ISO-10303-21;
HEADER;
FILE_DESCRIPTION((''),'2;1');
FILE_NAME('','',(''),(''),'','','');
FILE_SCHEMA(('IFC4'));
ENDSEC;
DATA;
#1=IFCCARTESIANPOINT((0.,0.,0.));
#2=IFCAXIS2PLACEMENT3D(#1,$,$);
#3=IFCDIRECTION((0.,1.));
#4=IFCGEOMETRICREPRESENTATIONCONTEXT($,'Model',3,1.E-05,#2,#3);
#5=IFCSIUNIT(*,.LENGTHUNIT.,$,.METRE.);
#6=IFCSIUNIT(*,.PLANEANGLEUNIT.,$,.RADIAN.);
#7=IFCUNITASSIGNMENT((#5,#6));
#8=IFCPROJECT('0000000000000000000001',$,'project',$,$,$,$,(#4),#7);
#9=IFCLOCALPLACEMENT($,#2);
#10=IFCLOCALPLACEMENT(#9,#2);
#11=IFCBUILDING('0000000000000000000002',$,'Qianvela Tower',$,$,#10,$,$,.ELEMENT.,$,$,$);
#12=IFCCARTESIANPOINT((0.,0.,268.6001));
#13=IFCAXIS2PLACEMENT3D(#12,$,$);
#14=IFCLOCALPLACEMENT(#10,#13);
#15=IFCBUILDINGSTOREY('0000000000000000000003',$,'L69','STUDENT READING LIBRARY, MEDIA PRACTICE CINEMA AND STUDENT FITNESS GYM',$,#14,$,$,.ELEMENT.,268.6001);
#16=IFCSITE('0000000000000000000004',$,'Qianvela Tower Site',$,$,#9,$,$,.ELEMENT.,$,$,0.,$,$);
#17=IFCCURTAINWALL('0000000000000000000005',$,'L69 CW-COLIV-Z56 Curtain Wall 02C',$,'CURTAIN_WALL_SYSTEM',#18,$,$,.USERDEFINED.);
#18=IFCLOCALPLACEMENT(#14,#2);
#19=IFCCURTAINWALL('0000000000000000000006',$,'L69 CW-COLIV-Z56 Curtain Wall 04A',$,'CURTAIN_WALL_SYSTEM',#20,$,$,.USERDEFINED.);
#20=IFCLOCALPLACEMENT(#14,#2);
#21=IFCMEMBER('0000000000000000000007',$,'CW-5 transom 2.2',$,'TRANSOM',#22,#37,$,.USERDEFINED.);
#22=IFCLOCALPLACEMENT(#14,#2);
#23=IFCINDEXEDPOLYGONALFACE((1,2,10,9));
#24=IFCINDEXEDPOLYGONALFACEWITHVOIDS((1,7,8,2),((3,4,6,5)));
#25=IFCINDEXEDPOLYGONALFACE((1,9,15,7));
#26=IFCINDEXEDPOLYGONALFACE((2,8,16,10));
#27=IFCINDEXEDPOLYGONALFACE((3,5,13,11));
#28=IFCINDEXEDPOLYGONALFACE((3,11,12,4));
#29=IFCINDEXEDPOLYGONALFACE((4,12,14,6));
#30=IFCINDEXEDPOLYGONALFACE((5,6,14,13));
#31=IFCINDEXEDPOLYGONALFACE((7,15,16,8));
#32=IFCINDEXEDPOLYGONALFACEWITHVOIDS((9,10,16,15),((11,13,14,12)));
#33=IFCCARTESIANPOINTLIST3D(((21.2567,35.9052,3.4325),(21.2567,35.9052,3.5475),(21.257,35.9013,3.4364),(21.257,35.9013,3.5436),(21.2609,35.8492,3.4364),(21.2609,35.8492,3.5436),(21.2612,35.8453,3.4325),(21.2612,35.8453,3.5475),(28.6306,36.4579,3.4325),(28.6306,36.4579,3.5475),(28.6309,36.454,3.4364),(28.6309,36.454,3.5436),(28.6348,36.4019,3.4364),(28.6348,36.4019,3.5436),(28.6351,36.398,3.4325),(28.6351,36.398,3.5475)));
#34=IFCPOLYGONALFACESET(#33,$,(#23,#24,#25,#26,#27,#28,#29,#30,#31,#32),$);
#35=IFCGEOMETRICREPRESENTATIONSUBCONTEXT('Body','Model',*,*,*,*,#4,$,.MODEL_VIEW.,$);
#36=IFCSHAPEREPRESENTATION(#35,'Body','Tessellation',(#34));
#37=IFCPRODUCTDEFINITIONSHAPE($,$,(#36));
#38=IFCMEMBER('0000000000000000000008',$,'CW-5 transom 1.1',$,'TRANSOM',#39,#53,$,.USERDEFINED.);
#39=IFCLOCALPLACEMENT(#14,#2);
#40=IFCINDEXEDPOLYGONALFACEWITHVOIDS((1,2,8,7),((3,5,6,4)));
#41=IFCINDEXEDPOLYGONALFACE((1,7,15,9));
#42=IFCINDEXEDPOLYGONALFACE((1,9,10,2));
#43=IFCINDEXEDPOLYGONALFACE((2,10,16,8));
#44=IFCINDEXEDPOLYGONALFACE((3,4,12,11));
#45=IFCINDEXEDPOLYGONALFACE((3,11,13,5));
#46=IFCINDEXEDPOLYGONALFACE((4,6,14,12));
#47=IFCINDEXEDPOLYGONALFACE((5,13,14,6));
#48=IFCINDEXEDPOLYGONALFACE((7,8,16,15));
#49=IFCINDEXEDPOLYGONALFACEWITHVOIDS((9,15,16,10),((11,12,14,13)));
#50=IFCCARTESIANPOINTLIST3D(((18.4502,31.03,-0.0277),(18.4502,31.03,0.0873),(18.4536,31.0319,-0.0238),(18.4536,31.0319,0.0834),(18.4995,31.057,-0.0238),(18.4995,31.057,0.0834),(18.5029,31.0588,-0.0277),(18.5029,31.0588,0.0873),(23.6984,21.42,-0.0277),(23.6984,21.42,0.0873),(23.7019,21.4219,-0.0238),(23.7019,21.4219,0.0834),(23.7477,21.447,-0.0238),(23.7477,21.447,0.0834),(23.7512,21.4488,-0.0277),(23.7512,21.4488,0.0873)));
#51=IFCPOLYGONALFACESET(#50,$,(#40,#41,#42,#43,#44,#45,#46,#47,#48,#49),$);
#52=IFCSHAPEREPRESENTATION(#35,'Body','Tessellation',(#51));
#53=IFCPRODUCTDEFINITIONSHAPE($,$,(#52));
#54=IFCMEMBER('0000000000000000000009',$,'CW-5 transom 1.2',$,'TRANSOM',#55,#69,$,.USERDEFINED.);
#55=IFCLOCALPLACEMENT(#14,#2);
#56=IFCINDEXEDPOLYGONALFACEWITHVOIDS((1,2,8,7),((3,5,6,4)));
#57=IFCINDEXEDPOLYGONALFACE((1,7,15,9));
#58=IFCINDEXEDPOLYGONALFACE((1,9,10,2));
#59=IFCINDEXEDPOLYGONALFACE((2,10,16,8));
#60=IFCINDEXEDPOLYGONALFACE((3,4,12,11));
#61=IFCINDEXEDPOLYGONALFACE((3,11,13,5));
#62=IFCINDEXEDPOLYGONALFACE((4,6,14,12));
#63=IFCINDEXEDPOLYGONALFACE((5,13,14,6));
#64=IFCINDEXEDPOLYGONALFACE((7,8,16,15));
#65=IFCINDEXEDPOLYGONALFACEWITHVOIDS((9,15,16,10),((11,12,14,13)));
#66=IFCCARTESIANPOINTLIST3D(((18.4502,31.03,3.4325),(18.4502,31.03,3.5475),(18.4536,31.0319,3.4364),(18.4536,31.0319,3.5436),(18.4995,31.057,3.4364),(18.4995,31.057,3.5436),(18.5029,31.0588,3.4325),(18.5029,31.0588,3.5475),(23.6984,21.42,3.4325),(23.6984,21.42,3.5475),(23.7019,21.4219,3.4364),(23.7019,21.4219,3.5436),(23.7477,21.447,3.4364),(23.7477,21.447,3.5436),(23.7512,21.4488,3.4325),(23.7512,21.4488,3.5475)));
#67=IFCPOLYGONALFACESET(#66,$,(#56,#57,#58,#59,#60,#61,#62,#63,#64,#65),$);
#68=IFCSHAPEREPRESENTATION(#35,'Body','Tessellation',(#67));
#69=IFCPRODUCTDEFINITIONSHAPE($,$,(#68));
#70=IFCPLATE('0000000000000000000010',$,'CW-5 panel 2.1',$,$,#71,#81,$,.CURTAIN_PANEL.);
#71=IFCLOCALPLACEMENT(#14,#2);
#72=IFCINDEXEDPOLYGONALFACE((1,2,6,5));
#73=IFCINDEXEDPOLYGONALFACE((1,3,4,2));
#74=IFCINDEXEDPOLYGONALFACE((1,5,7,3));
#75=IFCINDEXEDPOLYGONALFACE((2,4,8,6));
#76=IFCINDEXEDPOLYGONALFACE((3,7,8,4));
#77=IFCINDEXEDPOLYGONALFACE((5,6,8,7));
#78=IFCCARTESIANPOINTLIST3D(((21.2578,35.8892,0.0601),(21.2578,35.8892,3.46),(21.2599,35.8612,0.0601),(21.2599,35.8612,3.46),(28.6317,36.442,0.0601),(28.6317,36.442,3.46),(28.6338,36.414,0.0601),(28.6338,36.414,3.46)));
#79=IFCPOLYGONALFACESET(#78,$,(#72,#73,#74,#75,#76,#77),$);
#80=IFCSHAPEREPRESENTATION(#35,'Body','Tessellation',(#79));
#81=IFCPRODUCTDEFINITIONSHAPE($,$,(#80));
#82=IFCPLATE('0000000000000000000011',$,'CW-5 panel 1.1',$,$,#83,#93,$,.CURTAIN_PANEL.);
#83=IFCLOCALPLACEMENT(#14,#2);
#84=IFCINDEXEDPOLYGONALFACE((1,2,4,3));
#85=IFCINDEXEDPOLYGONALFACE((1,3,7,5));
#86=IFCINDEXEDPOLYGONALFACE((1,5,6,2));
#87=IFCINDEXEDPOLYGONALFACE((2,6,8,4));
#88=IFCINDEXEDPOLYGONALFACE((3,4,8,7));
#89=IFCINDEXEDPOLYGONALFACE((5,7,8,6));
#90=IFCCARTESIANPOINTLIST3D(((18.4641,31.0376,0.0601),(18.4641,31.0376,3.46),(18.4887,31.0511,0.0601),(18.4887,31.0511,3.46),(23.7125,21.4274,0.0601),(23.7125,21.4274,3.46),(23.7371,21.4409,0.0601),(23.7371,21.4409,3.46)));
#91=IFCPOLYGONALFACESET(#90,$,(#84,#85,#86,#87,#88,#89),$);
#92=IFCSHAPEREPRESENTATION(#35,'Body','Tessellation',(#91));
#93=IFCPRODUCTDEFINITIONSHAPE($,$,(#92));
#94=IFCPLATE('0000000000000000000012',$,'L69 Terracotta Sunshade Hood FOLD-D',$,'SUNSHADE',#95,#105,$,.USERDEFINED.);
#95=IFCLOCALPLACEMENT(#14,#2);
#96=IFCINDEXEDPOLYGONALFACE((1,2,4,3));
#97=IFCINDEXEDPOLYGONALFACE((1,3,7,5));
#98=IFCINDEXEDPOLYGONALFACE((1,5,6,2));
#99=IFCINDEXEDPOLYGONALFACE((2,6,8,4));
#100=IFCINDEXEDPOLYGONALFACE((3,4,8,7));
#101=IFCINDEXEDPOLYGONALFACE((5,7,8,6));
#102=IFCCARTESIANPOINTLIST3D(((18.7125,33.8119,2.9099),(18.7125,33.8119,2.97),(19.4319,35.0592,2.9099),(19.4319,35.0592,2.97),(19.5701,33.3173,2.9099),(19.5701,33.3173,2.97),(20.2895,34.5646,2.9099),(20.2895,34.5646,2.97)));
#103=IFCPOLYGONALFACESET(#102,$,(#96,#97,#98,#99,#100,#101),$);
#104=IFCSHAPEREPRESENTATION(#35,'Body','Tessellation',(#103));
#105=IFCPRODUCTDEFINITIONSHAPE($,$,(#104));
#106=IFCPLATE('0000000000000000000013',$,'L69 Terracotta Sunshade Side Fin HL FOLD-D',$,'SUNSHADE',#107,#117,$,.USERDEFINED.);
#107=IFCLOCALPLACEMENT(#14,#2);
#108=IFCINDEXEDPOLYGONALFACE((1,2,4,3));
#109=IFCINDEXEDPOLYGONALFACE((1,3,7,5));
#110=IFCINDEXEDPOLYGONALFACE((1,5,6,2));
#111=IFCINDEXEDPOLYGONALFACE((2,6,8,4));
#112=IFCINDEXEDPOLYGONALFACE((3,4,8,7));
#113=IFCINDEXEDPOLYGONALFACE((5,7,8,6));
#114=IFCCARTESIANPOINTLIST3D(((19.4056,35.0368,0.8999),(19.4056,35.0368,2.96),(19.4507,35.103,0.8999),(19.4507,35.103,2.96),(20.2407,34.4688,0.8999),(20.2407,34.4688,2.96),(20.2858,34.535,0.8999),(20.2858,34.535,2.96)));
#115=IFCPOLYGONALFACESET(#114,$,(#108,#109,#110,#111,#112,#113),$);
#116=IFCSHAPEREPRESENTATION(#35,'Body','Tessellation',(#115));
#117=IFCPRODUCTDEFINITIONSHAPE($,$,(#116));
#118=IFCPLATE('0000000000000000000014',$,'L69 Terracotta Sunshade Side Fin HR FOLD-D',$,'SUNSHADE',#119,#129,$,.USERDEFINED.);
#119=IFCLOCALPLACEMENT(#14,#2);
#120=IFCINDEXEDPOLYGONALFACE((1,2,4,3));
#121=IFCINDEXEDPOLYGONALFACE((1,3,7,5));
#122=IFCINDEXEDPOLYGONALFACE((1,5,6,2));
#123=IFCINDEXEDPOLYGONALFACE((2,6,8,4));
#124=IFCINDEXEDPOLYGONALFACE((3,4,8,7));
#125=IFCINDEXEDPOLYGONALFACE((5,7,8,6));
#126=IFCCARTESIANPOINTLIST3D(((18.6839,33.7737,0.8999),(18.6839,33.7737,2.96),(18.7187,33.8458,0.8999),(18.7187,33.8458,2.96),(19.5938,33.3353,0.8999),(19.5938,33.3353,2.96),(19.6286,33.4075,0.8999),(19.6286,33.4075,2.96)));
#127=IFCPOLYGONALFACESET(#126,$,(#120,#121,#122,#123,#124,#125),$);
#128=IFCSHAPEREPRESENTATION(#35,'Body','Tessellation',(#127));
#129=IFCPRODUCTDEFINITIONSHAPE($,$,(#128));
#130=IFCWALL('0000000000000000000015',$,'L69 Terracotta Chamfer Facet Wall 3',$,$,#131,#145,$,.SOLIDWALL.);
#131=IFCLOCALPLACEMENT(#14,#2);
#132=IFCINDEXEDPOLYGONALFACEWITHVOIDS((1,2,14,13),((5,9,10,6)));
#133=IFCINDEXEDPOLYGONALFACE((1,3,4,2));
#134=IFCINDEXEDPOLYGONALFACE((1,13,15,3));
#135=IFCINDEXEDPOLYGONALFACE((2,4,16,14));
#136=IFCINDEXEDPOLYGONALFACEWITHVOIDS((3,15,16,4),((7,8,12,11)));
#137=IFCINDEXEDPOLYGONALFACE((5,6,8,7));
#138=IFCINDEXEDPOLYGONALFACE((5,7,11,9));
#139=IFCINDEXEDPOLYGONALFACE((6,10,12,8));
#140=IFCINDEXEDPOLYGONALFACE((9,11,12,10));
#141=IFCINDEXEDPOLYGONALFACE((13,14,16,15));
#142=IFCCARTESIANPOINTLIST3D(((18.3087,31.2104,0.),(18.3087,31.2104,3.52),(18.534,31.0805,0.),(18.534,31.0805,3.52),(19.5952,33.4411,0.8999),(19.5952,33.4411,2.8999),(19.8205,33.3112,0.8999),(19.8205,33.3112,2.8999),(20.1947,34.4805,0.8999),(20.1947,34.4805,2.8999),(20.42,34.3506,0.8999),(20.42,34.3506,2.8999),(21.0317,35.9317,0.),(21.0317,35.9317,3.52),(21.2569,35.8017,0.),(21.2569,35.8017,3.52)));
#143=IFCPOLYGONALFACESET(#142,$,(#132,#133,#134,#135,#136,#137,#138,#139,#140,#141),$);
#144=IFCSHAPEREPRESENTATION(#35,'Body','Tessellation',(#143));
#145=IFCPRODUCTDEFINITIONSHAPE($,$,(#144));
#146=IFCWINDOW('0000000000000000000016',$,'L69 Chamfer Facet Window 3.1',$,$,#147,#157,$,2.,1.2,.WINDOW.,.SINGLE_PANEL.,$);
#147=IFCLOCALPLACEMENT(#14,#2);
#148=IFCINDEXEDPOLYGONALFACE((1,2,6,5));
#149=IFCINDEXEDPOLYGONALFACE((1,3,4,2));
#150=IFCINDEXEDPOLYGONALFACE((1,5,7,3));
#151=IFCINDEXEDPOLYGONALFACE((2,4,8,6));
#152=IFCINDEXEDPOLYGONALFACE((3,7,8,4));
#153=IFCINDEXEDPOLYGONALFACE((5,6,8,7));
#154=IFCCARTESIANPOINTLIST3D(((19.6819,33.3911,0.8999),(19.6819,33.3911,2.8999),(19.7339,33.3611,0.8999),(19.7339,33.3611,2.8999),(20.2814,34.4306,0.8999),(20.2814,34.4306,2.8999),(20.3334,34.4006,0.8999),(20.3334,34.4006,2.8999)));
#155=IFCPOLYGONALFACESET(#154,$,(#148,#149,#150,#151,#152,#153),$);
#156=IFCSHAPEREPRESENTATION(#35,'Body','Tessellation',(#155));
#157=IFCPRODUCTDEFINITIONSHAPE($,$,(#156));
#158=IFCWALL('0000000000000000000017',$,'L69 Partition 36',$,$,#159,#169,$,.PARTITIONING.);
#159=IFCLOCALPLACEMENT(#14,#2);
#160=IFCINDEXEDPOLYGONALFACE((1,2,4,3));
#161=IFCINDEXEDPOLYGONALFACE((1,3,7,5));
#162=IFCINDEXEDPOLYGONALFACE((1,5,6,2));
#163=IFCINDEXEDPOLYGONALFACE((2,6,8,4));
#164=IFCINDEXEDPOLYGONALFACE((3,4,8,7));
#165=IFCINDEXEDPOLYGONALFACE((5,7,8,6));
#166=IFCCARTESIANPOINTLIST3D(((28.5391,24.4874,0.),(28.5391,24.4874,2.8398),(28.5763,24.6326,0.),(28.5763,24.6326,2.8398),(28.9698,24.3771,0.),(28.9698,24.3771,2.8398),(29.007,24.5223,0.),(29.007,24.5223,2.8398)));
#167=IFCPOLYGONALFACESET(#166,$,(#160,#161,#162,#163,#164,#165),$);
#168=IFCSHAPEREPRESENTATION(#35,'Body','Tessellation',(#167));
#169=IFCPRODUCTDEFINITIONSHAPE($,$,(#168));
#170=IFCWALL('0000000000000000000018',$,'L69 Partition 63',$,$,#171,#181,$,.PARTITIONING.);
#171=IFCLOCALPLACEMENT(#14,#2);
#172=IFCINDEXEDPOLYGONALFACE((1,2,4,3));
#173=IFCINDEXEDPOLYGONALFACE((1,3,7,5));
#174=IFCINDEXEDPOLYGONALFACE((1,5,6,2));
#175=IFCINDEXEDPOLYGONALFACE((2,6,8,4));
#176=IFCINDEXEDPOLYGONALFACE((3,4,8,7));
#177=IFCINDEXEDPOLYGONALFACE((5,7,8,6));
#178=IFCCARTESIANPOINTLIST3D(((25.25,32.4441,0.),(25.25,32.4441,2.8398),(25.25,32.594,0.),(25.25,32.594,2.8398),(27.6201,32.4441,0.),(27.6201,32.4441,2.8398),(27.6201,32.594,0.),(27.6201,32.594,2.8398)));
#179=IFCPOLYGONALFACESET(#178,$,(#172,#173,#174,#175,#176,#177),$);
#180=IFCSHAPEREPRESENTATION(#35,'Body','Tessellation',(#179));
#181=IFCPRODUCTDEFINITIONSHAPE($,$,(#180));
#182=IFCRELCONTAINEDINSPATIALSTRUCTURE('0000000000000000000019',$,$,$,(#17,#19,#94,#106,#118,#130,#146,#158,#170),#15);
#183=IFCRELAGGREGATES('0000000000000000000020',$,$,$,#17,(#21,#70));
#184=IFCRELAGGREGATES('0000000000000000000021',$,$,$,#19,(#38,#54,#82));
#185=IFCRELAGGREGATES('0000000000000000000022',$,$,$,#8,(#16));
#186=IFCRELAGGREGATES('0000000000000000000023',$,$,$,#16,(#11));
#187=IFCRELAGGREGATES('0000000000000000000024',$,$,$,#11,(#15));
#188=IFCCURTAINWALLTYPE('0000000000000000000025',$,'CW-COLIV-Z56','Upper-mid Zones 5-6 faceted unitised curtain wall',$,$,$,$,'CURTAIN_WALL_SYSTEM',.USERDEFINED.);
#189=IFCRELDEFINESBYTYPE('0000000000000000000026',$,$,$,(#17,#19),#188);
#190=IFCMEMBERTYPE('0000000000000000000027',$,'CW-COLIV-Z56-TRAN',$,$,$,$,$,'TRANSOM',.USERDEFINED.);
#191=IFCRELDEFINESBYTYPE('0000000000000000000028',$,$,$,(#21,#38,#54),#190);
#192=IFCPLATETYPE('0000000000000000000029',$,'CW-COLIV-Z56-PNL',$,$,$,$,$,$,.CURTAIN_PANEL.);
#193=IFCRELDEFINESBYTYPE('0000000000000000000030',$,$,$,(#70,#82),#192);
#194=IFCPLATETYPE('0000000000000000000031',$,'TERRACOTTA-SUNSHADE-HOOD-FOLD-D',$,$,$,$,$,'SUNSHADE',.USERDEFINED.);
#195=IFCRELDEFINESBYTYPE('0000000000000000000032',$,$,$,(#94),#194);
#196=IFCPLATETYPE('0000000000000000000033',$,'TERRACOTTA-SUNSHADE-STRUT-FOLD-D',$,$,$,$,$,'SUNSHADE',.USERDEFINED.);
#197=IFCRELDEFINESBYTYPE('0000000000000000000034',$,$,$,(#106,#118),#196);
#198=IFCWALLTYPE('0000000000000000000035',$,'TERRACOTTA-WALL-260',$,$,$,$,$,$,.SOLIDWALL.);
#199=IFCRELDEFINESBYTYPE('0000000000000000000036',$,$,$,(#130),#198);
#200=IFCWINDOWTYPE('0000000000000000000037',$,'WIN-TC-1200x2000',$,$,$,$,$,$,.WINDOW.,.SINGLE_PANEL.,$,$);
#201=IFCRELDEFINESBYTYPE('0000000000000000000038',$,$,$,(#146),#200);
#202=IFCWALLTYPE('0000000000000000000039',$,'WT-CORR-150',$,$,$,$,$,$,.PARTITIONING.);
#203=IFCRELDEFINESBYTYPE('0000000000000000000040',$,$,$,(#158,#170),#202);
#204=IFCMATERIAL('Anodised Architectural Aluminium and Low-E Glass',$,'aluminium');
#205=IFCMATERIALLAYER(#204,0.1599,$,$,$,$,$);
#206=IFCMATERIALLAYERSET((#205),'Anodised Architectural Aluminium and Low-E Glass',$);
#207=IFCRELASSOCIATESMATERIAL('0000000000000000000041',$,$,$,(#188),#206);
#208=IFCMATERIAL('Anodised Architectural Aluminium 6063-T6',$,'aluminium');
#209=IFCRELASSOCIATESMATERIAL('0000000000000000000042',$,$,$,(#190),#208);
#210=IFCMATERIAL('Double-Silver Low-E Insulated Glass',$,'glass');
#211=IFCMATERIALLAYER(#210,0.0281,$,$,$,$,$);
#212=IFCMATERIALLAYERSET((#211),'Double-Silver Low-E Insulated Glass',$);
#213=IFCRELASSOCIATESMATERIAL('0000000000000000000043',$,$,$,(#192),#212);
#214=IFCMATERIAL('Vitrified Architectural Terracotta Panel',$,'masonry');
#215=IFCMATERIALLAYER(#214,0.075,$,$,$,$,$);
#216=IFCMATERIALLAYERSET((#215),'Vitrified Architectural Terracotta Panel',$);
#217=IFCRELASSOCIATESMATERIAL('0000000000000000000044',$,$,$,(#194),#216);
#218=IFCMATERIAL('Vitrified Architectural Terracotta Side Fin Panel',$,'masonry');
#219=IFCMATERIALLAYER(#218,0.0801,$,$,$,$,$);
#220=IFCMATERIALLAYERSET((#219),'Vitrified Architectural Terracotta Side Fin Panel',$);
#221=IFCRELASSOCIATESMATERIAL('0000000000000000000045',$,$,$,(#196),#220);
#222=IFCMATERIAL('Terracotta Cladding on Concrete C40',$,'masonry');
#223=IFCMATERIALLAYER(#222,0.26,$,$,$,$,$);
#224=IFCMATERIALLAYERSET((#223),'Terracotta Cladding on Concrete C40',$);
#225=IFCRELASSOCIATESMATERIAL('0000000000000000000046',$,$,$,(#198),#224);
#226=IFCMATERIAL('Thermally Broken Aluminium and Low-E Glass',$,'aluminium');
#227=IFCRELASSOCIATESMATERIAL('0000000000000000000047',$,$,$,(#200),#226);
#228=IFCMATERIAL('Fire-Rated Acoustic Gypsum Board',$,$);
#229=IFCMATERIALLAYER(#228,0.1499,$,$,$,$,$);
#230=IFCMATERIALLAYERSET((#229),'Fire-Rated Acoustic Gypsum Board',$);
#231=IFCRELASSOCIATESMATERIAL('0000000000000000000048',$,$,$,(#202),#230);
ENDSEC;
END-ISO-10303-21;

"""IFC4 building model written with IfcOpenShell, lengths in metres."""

from ifc_helpers import new_model, si_unit, direction, frame, frame_2d, origin, origin_2d, place, context, subcontext, project, spatial, rectangle, hollow_rectangle, extrude, material, layer, layer_set, material_profile, profile_set, type_object, element, fill, aggregate, save


model = new_model("IFC4")

# Units and contexts
model_context = context("Model", 3, precision=1e-05, world=origin(), true_north=direction((0.0, 1.0)))
body_context = subcontext(model_context, "Body", "Model", "MODEL_VIEW")
ifc_project = project(units=[si_unit("LENGTHUNIT", "METRE"), si_unit("PLANEANGLEUNIT", "RADIAN")], contexts=[model_context])

# Site, building, storey
site_placement = place(None, origin())
site = spatial("IfcSite", under=ifc_project, at=site_placement, Name="Qianvela Tower Site", CompositionType="ELEMENT", RefElevation=0.0)
building_placement = place(site_placement, origin())
building = spatial("IfcBuilding", under=site, at=building_placement, Name="Qianvela Tower", CompositionType="ELEMENT")
storey_placement = place(building_placement, frame((0.0, 0.0, 268.6001)))
storey = spatial("IfcBuildingStorey", under=building, at=storey_placement, Name="L69", Description="STUDENT READING LIBRARY, MEDIA PRACTICE CINEMA AND STUDENT FITNESS GYM", CompositionType="ELEMENT", Elevation=268.6001)

# Curtain wall
ifc_material_1 = material(Name="Anodised Architectural Aluminium and Low-E Glass", Category="aluminium")
ifc_layer_1 = layer(ifc_material_1, 0.1599)
ifc_layer_set_1 = layer_set([ifc_layer_1], Name="Anodised Architectural Aluminium and Low-E Glass")
curtain_wall_type = type_object("IfcCurtainWallType", Name="CW-COLIV-Z56", Description="Upper-mid Zones 5-6 faceted unitised curtain wall", ElementType="CURTAIN_WALL_SYSTEM", PredefinedType="USERDEFINED", material=ifc_layer_set_1)
curtain_wall_1_placement = place(storey_placement, origin())
curtain_wall_1 = element("IfcCurtainWall", 1, at=curtain_wall_1_placement, inside=storey, type_object=curtain_wall_type, Name="L69 CW-COLIV-Z56 Curtain Wall 02C", ObjectType="CURTAIN_WALL_SYSTEM", PredefinedType="USERDEFINED")

# Curtain wall
curtain_wall_2_placement = place(storey_placement, origin())
curtain_wall_2 = element("IfcCurtainWall", 2, at=curtain_wall_2_placement, inside=storey, type_object=curtain_wall_type, Name="L69 CW-COLIV-Z56 Curtain Wall 04A", ObjectType="CURTAIN_WALL_SYSTEM", PredefinedType="USERDEFINED")

# Members
ifc_material_2 = material(Name="Anodised Architectural Aluminium 6063-T6", Category="aluminium")
ifc_material_profile_1 = material_profile(ifc_material_2, hollow_rectangle(XDim=0.0601, YDim=0.115, WallThickness=0.0039, at=origin_2d()), Name="ALU-TRAN-60x115")
ifc_profile_set_1 = profile_set([ifc_material_profile_1], Name="Anodised Architectural Aluminium 6063-T6")
member_type_1 = type_object("IfcMemberType", Name="CW-COLIV-Z56-TRAN", ElementType="TRANSOM", PredefinedType="USERDEFINED", material=ifc_profile_set_1)
member_1_placement = place(storey_placement, frame((28.6328, 36.428, 3.49), z_axis=(-0.997202, -0.07475, 0.0), x_axis=(0.07475, -0.997202, 0.0)))
member_1 = element("IfcMember", 3, at=member_1_placement, type_object=member_type_1, Name="CW-5 transom 2.2", ObjectType="TRANSOM", PredefinedType="USERDEFINED", context=body_context, shape_type="SweptSolid", body=[
    extrude(hollow_rectangle(XDim=0.0601, YDim=0.115, WallThickness=0.0039, at=origin_2d()), origin(), (0.0, 0.0, 1.0), 7.3945),
])
member_2_placement = place(storey_placement, frame((18.4766, 31.0444, 0.0298), z_axis=(0.479304, -0.877649, 0.0), x_axis=(0.877649, 0.479304, 0.0)))
member_2 = element("IfcMember", 4, at=member_2_placement, type_object=member_type_1, Name="CW-5 transom 1.1", ObjectType="TRANSOM", PredefinedType="USERDEFINED", context=body_context, shape_type="SweptSolid", body=[
    extrude(hollow_rectangle(XDim=0.0601, YDim=0.115, WallThickness=0.0039, at=origin_2d()), origin(), (0.0, 0.0, 1.0), 10.9497),
])
member_3_placement = place(storey_placement, frame((18.4766, 31.0444, 3.49), z_axis=(0.479304, -0.877649, 0.0), x_axis=(0.877649, 0.479304, 0.0)))
member_3 = element("IfcMember", 5, at=member_3_placement, type_object=member_type_1, Name="CW-5 transom 1.2", ObjectType="TRANSOM", PredefinedType="USERDEFINED", context=body_context, shape_type="SweptSolid", body=[
    extrude(hollow_rectangle(XDim=0.0601, YDim=0.115, WallThickness=0.0039, at=origin_2d()), origin(), (0.0, 0.0, 1.0), 10.9497),
])

# Plates
ifc_material_3 = material(Name="Double-Silver Low-E Insulated Glass", Category="glass")
ifc_layer_2 = layer(ifc_material_3, 0.0281)
ifc_layer_set_2 = layer_set([ifc_layer_2], Name="Double-Silver Low-E Insulated Glass")
plate_type_1 = type_object("IfcPlateType", Name="CW-COLIV-Z56-PNL", PredefinedType="CURTAIN_PANEL", material=ifc_layer_set_2)
plate_1_placement = place(storey_placement, frame((24.9458, 36.1516, 0.0601), z_axis=(0.0, 0.0, 1.0), x_axis=(-0.997202, -0.074753, 0.0)))
plate_1 = element("IfcPlate", 6, at=plate_1_placement, type_object=plate_type_1, Name="CW-5 panel 2.1", PredefinedType="CURTAIN_PANEL", context=body_context, shape_type="SweptSolid", body=[
    extrude(rectangle(XDim=7.3945, YDim=0.0281, at=origin_2d()), origin(), (0.0, 0.0, 1.0), 3.3999),
])
aggregate(curtain_wall_1, [member_1, plate_1])
plate_2_placement = place(storey_placement, frame((21.1006, 26.2393, 0.0601), z_axis=(0.0, 0.0, 1.0), x_axis=(0.479307, -0.877647, 0.0)))
plate_2 = element("IfcPlate", 7, at=plate_2_placement, type_object=plate_type_1, Name="CW-5 panel 1.1", PredefinedType="CURTAIN_PANEL", context=body_context, shape_type="SweptSolid", body=[
    extrude(rectangle(XDim=10.95, YDim=0.0281, at=origin_2d()), origin(), (0.0, 0.0, 1.0), 3.3999),
])
aggregate(curtain_wall_2, [member_2, member_3, plate_2])

# Plates
ifc_material_4 = material(Name="Vitrified Architectural Terracotta Panel", Category="masonry")
ifc_layer_3 = layer(ifc_material_4, 0.075)
ifc_layer_set_3 = layer_set([ifc_layer_3], Name="Vitrified Architectural Terracotta Panel")
plate_type_2 = type_object("IfcPlateType", Name="TERRACOTTA-SUNSHADE-HOOD-FOLD-D", ElementType="SUNSHADE", PredefinedType="USERDEFINED", material=ifc_layer_set_3)
plate_3_placement = place(storey_placement, frame((19.501, 34.1882, 2.9099), z_axis=(0.0, 0.0, 1.0), x_axis=(-0.499608, -0.866251, 0.0)))
element("IfcPlate", 8, at=plate_3_placement, inside=storey, type_object=plate_type_2, Name="L69 Terracotta Sunshade Hood FOLD-D", ObjectType="SUNSHADE", PredefinedType="USERDEFINED", context=body_context, shape_type="SweptSolid", body=[
    extrude(rectangle(XDim=1.4399, YDim=0.99, at=origin_2d()), origin(), (0.0, 0.0, 1.0), 0.0601),
])
ifc_material_5 = material(Name="Vitrified Architectural Terracotta Side Fin Panel", Category="masonry")
ifc_layer_4 = layer(ifc_material_5, 0.0801)
ifc_layer_set_4 = layer_set([ifc_layer_4], Name="Vitrified Architectural Terracotta Side Fin Panel")
plate_type_3 = type_object("IfcPlateType", Name="TERRACOTTA-SUNSHADE-STRUT-FOLD-D", ElementType="SUNSHADE", PredefinedType="USERDEFINED", material=ifc_layer_set_4)
for number, where, z_axis, x_axis, name in (
    (9, (19.8457, 34.7859, 0.8999), (0.0, 0.0, 1.0), (-0.562431, -0.826844, 0.0), "L69 Terracotta Sunshade Side Fin HL FOLD-D"),
    (10, (19.1562, 33.5906, 0.8999), (0.0, 0.0, 1.0), (-0.434038, -0.900895, 0.0), "L69 Terracotta Sunshade Side Fin HR FOLD-D"),
):
    element("IfcPlate", number, at=place(storey_placement, frame(where, z_axis=z_axis, x_axis=x_axis)), inside=storey, type_object=plate_type_3, Name=name, ObjectType="SUNSHADE", PredefinedType="USERDEFINED", context=body_context, shape_type="SweptSolid", body=[
        extrude(rectangle(XDim=0.0801, YDim=1.01, at=origin_2d()), origin(), (0.0, 0.0, 1.0), 2.0601),
    ])

# Wall, opening, window
ifc_material_6 = material(Name="Terracotta Cladding on Concrete C40", Category="masonry")
ifc_layer_5 = layer(ifc_material_6, 0.26)
ifc_layer_set_5 = layer_set([ifc_layer_5], Name="Terracotta Cladding on Concrete C40")
wall_type_1 = type_object("IfcWallType", Name="TERRACOTTA-WALL-260", PredefinedType="SOLIDWALL", material=ifc_layer_set_5)
wall_1_placement = place(storey_placement, frame((21.1443, 35.8667, 0.0), z_axis=(0.0, 0.0, 1.0), x_axis=(-0.499604, -0.866254, 0.0)))
wall_1 = element("IfcWall", 11, at=wall_1_placement, inside=storey, type_object=wall_type_1, Name="L69 Terracotta Chamfer Facet Wall 3", PredefinedType="SOLIDWALL", context=body_context, shape_type="SweptSolid", body=[
    extrude(rectangle(XDim=5.4502, YDim=0.26, at=frame_2d((2.7251, 0.0))), origin(), (0.0, 0.0, 1.0), 3.52),
])
opening_1_placement = place(wall_1_placement, frame((1.675, 0.0, 0.8999)))
opening_1 = element("IfcOpeningElement", 12, at=opening_1_placement, cuts=wall_1, PredefinedType="OPENING", context=body_context, shape_type="SweptSolid", body=[
    extrude(rectangle(XDim=1.2, YDim=2.0, at=frame_2d((0.6001, 1.0))), frame((0.0, 0.1399, 0.0), z_axis=(0.0, -1.0, 0.0), x_axis=(1.0, 0.0, 0.0)), (0.0, 0.0, 1.0), 0.28),
])
ifc_material_7 = material(Name="Thermally Broken Aluminium and Low-E Glass", Category="aluminium")
window_type = type_object("IfcWindowType", Name="WIN-TC-1200x2000", PartitioningType="SINGLE_PANEL", PredefinedType="WINDOW", material=ifc_material_7)
window_placement = place(opening_1_placement, origin())
window = element("IfcWindow", 13, at=window_placement, inside=storey, type_object=window_type, Name="L69 Chamfer Facet Window 3.1", OverallHeight=2.0, OverallWidth=1.2, PartitioningType="SINGLE_PANEL", PredefinedType="WINDOW", context=body_context, shape_type="SweptSolid", body=[
    extrude(rectangle(XDim=1.2, YDim=2.0, at=frame_2d((0.6001, 1.0))), frame((0.0, 0.03, 0.0), z_axis=(0.0, -1.0, 0.0), x_axis=(1.0, 0.0, 0.0)), (0.0, 0.0, 1.0), 0.0601),
])
fill(opening_1, window)

# Walls
ifc_material_8 = material(Name="Fire-Rated Acoustic Gypsum Board")
ifc_layer_6 = layer(ifc_material_8, 0.1499)
ifc_layer_set_6 = layer_set([ifc_layer_6], Name="Fire-Rated Acoustic Gypsum Board")
wall_type_2 = type_object("IfcWallType", Name="WT-CORR-150", PredefinedType="PARTITIONING", material=ifc_layer_set_6)
wall_2_placement = place(storey_placement, frame((28.9883, 24.4497, 0.0), z_axis=(0.0, 0.0, 1.0), x_axis=(-0.968705, 0.248217, 0.0)))
element("IfcWall", 14, at=wall_2_placement, inside=storey, type_object=wall_type_2, Name="L69 Partition 36", PredefinedType="PARTITIONING", context=body_context, shape_type="SweptSolid", body=[
    extrude(rectangle(XDim=0.4446, YDim=0.1499, at=frame_2d((0.2222, 0.0))), origin(), (0.0, 0.0, 1.0), 2.8398),
])
wall_3_placement = place(storey_placement, frame((25.25, 32.519, 0.0), z_axis=(0.0, 0.0, 1.0), x_axis=(1.0, 0.0, 0.0)))
element("IfcWall", 15, at=wall_3_placement, inside=storey, type_object=wall_type_2, Name="L69 Partition 63", PredefinedType="PARTITIONING", context=body_context, shape_type="SweptSolid", body=[
    extrude(rectangle(XDim=2.3701, YDim=0.1499, at=frame_2d((1.1851, 0.0))), origin(), (0.0, 0.0, 1.0), 2.8398),
])

save(model, "model.ifc")
